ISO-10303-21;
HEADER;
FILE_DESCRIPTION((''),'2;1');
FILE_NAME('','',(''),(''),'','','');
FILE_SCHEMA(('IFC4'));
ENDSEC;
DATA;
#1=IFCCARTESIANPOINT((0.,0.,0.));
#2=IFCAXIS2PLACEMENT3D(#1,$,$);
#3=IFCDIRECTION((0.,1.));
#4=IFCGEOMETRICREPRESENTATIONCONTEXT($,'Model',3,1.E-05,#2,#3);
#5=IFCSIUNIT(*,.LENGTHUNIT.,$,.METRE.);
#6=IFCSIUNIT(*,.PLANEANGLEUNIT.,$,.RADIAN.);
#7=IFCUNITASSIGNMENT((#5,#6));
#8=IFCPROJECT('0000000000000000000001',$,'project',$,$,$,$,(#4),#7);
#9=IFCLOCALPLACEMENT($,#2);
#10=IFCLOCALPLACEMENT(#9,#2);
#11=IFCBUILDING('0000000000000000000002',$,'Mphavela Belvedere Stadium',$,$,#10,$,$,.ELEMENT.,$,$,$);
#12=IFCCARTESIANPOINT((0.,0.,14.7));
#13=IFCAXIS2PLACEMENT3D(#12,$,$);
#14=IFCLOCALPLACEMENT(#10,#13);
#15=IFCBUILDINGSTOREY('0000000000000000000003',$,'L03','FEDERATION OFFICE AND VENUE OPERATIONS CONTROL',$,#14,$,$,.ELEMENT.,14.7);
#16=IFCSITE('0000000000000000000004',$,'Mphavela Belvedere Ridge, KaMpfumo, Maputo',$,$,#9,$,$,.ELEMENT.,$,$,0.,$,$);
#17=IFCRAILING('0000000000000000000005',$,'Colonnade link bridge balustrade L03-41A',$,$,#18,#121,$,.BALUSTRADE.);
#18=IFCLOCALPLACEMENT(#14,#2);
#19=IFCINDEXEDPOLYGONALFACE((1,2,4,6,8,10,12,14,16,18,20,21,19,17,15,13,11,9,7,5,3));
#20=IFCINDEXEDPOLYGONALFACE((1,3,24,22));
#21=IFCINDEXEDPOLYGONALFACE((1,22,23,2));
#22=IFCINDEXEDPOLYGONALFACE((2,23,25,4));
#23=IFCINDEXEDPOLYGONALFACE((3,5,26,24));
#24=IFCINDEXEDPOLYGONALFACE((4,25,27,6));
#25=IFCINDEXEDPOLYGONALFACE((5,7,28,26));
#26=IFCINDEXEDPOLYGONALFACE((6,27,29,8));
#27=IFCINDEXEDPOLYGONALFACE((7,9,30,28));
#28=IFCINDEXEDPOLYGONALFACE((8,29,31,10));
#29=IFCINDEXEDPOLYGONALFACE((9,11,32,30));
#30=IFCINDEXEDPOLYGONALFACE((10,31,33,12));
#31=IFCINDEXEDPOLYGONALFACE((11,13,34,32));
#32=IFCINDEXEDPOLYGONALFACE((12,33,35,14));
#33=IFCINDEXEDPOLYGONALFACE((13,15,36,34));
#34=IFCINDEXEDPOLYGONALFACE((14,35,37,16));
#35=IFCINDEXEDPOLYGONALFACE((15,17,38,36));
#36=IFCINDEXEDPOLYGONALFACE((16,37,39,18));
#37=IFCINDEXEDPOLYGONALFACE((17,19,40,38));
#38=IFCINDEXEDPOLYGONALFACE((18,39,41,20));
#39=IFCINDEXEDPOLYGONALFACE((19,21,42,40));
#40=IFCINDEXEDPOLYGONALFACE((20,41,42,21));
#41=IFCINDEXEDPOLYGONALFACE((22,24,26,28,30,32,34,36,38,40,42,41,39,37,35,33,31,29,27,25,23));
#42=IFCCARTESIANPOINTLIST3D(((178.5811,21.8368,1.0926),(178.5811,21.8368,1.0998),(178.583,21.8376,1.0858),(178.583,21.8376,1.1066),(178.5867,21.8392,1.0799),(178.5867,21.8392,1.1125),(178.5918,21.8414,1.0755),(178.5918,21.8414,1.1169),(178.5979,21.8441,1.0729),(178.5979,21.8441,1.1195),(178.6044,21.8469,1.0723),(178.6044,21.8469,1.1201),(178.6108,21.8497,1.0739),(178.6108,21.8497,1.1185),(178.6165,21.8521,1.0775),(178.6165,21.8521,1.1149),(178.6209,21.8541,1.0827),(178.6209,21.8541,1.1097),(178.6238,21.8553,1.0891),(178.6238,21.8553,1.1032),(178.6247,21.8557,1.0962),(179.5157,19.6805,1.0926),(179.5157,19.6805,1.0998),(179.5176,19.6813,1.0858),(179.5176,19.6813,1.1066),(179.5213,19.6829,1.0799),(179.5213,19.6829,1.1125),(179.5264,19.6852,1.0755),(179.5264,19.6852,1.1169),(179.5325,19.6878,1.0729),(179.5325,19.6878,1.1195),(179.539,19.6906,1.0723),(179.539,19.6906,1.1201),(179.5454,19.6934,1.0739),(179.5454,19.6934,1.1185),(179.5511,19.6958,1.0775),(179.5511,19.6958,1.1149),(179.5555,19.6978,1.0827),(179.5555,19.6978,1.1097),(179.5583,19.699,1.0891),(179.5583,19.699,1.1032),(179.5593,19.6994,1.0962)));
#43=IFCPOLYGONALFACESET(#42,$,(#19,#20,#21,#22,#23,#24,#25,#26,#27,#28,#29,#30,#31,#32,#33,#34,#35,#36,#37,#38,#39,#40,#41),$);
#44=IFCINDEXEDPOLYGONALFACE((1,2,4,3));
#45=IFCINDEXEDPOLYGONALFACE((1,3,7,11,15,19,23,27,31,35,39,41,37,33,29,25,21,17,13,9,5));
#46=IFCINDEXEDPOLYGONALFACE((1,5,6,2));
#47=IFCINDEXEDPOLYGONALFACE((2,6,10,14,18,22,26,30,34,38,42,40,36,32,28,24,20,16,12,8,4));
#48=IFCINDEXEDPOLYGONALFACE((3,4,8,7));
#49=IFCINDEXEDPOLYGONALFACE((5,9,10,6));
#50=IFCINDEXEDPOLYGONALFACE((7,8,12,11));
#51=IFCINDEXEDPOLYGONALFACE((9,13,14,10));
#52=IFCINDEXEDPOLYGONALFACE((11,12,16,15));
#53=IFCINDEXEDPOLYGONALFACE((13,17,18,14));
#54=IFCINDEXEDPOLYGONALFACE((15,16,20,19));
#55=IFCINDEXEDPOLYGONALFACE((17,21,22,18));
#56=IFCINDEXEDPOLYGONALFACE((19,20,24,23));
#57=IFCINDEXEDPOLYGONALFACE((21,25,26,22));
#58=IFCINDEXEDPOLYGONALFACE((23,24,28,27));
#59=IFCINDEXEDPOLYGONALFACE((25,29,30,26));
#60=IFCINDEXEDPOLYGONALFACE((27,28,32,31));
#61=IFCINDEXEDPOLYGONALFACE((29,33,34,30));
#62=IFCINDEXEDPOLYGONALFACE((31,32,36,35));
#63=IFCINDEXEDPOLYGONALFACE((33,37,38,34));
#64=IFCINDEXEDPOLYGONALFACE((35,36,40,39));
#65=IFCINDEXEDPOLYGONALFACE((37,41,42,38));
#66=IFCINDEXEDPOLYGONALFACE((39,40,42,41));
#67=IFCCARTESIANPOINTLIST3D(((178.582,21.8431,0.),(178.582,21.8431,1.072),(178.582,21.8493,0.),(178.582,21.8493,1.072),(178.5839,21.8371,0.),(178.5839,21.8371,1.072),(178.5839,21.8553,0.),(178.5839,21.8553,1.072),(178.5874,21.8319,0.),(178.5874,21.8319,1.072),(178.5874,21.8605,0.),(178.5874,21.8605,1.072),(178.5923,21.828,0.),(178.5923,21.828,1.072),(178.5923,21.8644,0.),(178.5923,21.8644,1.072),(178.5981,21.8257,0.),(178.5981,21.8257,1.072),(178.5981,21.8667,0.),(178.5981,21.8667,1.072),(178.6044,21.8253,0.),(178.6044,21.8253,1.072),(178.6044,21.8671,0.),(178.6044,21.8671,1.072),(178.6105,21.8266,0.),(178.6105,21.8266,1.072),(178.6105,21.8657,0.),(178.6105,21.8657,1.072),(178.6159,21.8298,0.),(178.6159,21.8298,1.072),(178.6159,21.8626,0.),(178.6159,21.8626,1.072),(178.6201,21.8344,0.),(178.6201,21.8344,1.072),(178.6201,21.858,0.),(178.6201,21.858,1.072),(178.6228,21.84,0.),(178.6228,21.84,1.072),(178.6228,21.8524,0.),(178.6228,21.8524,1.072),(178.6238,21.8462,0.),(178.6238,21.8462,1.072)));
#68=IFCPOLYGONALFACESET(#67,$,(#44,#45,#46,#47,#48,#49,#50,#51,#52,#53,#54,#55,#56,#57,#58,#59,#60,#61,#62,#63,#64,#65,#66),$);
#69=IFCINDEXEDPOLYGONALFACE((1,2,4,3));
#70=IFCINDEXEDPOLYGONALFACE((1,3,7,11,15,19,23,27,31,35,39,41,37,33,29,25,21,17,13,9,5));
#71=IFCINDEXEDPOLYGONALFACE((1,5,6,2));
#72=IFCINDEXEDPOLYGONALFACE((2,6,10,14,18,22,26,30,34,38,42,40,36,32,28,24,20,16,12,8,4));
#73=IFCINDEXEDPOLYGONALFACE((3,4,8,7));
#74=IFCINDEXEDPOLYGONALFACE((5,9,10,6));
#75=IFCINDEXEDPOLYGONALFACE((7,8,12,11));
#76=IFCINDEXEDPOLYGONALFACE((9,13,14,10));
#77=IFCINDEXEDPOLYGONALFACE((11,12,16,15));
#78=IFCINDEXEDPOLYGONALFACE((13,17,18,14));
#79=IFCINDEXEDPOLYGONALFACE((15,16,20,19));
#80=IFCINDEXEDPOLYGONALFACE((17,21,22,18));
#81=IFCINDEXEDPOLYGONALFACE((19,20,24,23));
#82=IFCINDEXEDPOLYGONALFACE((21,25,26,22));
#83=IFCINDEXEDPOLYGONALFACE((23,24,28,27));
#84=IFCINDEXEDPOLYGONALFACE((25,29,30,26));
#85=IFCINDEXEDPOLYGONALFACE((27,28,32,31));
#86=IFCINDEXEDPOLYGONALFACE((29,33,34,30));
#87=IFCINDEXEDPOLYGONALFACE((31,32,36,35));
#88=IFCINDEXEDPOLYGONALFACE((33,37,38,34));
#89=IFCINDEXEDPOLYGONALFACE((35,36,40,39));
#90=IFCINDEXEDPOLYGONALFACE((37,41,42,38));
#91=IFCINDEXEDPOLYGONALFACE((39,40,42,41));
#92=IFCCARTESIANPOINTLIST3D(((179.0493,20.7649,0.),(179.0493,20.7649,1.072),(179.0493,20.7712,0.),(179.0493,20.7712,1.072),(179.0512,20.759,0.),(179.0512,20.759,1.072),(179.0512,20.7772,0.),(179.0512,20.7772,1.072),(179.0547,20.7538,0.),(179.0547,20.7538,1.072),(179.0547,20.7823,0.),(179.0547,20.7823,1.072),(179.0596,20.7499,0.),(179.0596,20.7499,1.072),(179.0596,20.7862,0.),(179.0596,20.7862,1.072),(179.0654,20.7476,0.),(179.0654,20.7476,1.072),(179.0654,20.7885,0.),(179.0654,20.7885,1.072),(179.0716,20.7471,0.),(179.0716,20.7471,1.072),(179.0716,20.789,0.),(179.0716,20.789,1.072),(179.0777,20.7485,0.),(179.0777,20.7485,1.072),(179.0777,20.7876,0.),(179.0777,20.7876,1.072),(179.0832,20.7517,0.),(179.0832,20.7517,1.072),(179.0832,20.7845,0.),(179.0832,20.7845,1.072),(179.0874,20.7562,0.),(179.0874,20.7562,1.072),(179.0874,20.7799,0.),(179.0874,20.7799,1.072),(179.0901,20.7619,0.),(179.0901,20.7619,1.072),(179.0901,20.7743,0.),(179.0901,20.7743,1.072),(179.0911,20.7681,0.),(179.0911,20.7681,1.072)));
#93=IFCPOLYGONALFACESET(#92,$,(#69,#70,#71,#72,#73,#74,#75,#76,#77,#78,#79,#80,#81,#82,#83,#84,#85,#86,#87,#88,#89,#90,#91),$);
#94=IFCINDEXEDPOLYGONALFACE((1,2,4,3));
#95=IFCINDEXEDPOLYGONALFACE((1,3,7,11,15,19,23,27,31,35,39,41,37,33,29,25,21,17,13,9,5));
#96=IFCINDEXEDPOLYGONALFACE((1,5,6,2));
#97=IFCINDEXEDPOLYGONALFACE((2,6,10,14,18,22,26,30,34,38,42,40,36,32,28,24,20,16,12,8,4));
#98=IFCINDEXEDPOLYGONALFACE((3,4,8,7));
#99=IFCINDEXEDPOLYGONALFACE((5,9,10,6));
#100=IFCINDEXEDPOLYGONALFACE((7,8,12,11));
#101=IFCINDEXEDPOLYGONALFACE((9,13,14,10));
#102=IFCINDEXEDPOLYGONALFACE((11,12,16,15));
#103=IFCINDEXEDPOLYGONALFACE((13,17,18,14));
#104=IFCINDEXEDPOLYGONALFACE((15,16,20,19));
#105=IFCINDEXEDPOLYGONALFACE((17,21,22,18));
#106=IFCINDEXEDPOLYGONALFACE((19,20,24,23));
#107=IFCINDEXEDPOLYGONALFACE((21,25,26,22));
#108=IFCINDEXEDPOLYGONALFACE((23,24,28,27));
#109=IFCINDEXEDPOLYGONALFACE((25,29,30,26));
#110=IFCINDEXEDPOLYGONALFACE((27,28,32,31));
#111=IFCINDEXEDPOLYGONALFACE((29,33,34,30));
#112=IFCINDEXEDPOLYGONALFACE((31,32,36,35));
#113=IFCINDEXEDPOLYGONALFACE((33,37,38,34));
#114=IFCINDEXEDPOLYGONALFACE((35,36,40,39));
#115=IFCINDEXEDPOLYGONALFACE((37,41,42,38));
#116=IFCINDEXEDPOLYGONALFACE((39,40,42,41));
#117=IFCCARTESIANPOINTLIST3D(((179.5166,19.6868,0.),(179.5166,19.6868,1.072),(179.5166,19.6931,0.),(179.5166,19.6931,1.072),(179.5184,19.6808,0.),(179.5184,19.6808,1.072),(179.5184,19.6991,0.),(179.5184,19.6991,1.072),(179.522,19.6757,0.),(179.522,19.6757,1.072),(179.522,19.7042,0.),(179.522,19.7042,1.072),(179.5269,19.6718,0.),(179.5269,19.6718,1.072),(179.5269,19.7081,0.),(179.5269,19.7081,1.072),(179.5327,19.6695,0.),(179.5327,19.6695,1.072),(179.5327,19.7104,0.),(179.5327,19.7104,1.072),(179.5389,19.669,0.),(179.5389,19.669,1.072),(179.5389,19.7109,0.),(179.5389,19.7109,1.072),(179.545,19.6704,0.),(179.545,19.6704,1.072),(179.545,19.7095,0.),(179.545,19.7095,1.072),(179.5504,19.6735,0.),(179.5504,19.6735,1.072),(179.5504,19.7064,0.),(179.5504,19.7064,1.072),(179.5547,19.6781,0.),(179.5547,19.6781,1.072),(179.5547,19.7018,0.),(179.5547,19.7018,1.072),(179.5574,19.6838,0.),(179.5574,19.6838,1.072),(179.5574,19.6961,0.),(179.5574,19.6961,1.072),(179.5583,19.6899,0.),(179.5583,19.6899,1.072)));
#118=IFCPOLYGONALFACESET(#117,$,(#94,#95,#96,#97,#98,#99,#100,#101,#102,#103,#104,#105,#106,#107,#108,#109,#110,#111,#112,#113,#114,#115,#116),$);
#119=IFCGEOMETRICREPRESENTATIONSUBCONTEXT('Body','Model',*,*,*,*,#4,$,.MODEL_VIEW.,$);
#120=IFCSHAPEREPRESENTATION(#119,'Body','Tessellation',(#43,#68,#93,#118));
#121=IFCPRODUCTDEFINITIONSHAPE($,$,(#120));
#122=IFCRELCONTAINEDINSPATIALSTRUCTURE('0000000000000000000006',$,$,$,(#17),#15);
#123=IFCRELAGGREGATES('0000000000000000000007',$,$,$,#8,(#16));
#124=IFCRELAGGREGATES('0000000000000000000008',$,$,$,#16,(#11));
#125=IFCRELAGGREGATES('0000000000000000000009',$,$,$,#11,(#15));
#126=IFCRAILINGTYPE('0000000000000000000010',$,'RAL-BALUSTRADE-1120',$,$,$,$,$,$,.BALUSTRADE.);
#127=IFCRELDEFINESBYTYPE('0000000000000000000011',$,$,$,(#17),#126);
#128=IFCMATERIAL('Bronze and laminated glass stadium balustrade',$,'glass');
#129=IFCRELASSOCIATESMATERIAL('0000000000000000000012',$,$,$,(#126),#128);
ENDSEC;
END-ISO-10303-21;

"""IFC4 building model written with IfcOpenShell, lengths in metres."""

from ifc_helpers import new_model, si_unit, direction, frame, origin, origin_2d, place, context, subcontext, project, spatial, circle, extrude, material, type_object, element, save


model = new_model("IFC4")

# Units and contexts
model_context = context("Model", 3, precision=1e-05, world=origin(), true_north=direction((0.0, 1.0)))
body_context = subcontext(model_context, "Body", "Model", "MODEL_VIEW")
ifc_project = project(units=[si_unit("LENGTHUNIT", "METRE"), si_unit("PLANEANGLEUNIT", "RADIAN")], contexts=[model_context])

# Site, building, storey
site_placement = place(None, origin())
site = spatial("IfcSite", under=ifc_project, at=site_placement, Name="Mphavela Belvedere Ridge, KaMpfumo, Maputo", CompositionType="ELEMENT", RefElevation=0.0)
building_placement = place(site_placement, origin())
building = spatial("IfcBuilding", under=site, at=building_placement, Name="Mphavela Belvedere Stadium", CompositionType="ELEMENT")
storey_placement = place(building_placement, frame((0.0, 0.0, 14.7)))
storey = spatial("IfcBuildingStorey", under=building, at=storey_placement, Name="L03", Description="FEDERATION OFFICE AND VENUE OPERATIONS CONTROL", CompositionType="ELEMENT", Elevation=14.7)

# Railing
ifc_material_1 = material(Name="Bronze and laminated glass stadium balustrade", Category="glass")
railing_type = type_object("IfcRailingType", Name="RAL-BALUSTRADE-1120", PredefinedType="BALUSTRADE", material=ifc_material_1)
railing_1_placement = place(storey_placement, frame((178.6028, 21.8462, 0.0)))
element("IfcRailing", 1, at=railing_1_placement, inside=storey, type_object=railing_type, Name="Colonnade link bridge balustrade L03-41A", PredefinedType="BALUSTRADE", context=body_context, shape_type="SweptSolid", body=[
    extrude(circle(Radius=0.0239, at=origin_2d()), frame((0.0, 0.0, 1.0962), z_axis=(0.397677, -0.917525, 0.0), x_axis=(0.917525, 0.397677, 0.0)), (0.0, 0.0, 1.0), 2.3501),
    extrude(circle(Radius=0.021, at=origin_2d()), origin(), (0.0, 0.0, 1.0), 1.072),
    extrude(circle(Radius=0.021, at=origin_2d()), frame((0.4673, -1.0781, 0.0)), (0.0, 0.0, 1.0), 1.072),
    extrude(circle(Radius=0.021, at=origin_2d()), frame((0.9346, -2.1562, 0.0)), (0.0, 0.0, 1.0), 1.072),
])

save(model, "model.ifc")
